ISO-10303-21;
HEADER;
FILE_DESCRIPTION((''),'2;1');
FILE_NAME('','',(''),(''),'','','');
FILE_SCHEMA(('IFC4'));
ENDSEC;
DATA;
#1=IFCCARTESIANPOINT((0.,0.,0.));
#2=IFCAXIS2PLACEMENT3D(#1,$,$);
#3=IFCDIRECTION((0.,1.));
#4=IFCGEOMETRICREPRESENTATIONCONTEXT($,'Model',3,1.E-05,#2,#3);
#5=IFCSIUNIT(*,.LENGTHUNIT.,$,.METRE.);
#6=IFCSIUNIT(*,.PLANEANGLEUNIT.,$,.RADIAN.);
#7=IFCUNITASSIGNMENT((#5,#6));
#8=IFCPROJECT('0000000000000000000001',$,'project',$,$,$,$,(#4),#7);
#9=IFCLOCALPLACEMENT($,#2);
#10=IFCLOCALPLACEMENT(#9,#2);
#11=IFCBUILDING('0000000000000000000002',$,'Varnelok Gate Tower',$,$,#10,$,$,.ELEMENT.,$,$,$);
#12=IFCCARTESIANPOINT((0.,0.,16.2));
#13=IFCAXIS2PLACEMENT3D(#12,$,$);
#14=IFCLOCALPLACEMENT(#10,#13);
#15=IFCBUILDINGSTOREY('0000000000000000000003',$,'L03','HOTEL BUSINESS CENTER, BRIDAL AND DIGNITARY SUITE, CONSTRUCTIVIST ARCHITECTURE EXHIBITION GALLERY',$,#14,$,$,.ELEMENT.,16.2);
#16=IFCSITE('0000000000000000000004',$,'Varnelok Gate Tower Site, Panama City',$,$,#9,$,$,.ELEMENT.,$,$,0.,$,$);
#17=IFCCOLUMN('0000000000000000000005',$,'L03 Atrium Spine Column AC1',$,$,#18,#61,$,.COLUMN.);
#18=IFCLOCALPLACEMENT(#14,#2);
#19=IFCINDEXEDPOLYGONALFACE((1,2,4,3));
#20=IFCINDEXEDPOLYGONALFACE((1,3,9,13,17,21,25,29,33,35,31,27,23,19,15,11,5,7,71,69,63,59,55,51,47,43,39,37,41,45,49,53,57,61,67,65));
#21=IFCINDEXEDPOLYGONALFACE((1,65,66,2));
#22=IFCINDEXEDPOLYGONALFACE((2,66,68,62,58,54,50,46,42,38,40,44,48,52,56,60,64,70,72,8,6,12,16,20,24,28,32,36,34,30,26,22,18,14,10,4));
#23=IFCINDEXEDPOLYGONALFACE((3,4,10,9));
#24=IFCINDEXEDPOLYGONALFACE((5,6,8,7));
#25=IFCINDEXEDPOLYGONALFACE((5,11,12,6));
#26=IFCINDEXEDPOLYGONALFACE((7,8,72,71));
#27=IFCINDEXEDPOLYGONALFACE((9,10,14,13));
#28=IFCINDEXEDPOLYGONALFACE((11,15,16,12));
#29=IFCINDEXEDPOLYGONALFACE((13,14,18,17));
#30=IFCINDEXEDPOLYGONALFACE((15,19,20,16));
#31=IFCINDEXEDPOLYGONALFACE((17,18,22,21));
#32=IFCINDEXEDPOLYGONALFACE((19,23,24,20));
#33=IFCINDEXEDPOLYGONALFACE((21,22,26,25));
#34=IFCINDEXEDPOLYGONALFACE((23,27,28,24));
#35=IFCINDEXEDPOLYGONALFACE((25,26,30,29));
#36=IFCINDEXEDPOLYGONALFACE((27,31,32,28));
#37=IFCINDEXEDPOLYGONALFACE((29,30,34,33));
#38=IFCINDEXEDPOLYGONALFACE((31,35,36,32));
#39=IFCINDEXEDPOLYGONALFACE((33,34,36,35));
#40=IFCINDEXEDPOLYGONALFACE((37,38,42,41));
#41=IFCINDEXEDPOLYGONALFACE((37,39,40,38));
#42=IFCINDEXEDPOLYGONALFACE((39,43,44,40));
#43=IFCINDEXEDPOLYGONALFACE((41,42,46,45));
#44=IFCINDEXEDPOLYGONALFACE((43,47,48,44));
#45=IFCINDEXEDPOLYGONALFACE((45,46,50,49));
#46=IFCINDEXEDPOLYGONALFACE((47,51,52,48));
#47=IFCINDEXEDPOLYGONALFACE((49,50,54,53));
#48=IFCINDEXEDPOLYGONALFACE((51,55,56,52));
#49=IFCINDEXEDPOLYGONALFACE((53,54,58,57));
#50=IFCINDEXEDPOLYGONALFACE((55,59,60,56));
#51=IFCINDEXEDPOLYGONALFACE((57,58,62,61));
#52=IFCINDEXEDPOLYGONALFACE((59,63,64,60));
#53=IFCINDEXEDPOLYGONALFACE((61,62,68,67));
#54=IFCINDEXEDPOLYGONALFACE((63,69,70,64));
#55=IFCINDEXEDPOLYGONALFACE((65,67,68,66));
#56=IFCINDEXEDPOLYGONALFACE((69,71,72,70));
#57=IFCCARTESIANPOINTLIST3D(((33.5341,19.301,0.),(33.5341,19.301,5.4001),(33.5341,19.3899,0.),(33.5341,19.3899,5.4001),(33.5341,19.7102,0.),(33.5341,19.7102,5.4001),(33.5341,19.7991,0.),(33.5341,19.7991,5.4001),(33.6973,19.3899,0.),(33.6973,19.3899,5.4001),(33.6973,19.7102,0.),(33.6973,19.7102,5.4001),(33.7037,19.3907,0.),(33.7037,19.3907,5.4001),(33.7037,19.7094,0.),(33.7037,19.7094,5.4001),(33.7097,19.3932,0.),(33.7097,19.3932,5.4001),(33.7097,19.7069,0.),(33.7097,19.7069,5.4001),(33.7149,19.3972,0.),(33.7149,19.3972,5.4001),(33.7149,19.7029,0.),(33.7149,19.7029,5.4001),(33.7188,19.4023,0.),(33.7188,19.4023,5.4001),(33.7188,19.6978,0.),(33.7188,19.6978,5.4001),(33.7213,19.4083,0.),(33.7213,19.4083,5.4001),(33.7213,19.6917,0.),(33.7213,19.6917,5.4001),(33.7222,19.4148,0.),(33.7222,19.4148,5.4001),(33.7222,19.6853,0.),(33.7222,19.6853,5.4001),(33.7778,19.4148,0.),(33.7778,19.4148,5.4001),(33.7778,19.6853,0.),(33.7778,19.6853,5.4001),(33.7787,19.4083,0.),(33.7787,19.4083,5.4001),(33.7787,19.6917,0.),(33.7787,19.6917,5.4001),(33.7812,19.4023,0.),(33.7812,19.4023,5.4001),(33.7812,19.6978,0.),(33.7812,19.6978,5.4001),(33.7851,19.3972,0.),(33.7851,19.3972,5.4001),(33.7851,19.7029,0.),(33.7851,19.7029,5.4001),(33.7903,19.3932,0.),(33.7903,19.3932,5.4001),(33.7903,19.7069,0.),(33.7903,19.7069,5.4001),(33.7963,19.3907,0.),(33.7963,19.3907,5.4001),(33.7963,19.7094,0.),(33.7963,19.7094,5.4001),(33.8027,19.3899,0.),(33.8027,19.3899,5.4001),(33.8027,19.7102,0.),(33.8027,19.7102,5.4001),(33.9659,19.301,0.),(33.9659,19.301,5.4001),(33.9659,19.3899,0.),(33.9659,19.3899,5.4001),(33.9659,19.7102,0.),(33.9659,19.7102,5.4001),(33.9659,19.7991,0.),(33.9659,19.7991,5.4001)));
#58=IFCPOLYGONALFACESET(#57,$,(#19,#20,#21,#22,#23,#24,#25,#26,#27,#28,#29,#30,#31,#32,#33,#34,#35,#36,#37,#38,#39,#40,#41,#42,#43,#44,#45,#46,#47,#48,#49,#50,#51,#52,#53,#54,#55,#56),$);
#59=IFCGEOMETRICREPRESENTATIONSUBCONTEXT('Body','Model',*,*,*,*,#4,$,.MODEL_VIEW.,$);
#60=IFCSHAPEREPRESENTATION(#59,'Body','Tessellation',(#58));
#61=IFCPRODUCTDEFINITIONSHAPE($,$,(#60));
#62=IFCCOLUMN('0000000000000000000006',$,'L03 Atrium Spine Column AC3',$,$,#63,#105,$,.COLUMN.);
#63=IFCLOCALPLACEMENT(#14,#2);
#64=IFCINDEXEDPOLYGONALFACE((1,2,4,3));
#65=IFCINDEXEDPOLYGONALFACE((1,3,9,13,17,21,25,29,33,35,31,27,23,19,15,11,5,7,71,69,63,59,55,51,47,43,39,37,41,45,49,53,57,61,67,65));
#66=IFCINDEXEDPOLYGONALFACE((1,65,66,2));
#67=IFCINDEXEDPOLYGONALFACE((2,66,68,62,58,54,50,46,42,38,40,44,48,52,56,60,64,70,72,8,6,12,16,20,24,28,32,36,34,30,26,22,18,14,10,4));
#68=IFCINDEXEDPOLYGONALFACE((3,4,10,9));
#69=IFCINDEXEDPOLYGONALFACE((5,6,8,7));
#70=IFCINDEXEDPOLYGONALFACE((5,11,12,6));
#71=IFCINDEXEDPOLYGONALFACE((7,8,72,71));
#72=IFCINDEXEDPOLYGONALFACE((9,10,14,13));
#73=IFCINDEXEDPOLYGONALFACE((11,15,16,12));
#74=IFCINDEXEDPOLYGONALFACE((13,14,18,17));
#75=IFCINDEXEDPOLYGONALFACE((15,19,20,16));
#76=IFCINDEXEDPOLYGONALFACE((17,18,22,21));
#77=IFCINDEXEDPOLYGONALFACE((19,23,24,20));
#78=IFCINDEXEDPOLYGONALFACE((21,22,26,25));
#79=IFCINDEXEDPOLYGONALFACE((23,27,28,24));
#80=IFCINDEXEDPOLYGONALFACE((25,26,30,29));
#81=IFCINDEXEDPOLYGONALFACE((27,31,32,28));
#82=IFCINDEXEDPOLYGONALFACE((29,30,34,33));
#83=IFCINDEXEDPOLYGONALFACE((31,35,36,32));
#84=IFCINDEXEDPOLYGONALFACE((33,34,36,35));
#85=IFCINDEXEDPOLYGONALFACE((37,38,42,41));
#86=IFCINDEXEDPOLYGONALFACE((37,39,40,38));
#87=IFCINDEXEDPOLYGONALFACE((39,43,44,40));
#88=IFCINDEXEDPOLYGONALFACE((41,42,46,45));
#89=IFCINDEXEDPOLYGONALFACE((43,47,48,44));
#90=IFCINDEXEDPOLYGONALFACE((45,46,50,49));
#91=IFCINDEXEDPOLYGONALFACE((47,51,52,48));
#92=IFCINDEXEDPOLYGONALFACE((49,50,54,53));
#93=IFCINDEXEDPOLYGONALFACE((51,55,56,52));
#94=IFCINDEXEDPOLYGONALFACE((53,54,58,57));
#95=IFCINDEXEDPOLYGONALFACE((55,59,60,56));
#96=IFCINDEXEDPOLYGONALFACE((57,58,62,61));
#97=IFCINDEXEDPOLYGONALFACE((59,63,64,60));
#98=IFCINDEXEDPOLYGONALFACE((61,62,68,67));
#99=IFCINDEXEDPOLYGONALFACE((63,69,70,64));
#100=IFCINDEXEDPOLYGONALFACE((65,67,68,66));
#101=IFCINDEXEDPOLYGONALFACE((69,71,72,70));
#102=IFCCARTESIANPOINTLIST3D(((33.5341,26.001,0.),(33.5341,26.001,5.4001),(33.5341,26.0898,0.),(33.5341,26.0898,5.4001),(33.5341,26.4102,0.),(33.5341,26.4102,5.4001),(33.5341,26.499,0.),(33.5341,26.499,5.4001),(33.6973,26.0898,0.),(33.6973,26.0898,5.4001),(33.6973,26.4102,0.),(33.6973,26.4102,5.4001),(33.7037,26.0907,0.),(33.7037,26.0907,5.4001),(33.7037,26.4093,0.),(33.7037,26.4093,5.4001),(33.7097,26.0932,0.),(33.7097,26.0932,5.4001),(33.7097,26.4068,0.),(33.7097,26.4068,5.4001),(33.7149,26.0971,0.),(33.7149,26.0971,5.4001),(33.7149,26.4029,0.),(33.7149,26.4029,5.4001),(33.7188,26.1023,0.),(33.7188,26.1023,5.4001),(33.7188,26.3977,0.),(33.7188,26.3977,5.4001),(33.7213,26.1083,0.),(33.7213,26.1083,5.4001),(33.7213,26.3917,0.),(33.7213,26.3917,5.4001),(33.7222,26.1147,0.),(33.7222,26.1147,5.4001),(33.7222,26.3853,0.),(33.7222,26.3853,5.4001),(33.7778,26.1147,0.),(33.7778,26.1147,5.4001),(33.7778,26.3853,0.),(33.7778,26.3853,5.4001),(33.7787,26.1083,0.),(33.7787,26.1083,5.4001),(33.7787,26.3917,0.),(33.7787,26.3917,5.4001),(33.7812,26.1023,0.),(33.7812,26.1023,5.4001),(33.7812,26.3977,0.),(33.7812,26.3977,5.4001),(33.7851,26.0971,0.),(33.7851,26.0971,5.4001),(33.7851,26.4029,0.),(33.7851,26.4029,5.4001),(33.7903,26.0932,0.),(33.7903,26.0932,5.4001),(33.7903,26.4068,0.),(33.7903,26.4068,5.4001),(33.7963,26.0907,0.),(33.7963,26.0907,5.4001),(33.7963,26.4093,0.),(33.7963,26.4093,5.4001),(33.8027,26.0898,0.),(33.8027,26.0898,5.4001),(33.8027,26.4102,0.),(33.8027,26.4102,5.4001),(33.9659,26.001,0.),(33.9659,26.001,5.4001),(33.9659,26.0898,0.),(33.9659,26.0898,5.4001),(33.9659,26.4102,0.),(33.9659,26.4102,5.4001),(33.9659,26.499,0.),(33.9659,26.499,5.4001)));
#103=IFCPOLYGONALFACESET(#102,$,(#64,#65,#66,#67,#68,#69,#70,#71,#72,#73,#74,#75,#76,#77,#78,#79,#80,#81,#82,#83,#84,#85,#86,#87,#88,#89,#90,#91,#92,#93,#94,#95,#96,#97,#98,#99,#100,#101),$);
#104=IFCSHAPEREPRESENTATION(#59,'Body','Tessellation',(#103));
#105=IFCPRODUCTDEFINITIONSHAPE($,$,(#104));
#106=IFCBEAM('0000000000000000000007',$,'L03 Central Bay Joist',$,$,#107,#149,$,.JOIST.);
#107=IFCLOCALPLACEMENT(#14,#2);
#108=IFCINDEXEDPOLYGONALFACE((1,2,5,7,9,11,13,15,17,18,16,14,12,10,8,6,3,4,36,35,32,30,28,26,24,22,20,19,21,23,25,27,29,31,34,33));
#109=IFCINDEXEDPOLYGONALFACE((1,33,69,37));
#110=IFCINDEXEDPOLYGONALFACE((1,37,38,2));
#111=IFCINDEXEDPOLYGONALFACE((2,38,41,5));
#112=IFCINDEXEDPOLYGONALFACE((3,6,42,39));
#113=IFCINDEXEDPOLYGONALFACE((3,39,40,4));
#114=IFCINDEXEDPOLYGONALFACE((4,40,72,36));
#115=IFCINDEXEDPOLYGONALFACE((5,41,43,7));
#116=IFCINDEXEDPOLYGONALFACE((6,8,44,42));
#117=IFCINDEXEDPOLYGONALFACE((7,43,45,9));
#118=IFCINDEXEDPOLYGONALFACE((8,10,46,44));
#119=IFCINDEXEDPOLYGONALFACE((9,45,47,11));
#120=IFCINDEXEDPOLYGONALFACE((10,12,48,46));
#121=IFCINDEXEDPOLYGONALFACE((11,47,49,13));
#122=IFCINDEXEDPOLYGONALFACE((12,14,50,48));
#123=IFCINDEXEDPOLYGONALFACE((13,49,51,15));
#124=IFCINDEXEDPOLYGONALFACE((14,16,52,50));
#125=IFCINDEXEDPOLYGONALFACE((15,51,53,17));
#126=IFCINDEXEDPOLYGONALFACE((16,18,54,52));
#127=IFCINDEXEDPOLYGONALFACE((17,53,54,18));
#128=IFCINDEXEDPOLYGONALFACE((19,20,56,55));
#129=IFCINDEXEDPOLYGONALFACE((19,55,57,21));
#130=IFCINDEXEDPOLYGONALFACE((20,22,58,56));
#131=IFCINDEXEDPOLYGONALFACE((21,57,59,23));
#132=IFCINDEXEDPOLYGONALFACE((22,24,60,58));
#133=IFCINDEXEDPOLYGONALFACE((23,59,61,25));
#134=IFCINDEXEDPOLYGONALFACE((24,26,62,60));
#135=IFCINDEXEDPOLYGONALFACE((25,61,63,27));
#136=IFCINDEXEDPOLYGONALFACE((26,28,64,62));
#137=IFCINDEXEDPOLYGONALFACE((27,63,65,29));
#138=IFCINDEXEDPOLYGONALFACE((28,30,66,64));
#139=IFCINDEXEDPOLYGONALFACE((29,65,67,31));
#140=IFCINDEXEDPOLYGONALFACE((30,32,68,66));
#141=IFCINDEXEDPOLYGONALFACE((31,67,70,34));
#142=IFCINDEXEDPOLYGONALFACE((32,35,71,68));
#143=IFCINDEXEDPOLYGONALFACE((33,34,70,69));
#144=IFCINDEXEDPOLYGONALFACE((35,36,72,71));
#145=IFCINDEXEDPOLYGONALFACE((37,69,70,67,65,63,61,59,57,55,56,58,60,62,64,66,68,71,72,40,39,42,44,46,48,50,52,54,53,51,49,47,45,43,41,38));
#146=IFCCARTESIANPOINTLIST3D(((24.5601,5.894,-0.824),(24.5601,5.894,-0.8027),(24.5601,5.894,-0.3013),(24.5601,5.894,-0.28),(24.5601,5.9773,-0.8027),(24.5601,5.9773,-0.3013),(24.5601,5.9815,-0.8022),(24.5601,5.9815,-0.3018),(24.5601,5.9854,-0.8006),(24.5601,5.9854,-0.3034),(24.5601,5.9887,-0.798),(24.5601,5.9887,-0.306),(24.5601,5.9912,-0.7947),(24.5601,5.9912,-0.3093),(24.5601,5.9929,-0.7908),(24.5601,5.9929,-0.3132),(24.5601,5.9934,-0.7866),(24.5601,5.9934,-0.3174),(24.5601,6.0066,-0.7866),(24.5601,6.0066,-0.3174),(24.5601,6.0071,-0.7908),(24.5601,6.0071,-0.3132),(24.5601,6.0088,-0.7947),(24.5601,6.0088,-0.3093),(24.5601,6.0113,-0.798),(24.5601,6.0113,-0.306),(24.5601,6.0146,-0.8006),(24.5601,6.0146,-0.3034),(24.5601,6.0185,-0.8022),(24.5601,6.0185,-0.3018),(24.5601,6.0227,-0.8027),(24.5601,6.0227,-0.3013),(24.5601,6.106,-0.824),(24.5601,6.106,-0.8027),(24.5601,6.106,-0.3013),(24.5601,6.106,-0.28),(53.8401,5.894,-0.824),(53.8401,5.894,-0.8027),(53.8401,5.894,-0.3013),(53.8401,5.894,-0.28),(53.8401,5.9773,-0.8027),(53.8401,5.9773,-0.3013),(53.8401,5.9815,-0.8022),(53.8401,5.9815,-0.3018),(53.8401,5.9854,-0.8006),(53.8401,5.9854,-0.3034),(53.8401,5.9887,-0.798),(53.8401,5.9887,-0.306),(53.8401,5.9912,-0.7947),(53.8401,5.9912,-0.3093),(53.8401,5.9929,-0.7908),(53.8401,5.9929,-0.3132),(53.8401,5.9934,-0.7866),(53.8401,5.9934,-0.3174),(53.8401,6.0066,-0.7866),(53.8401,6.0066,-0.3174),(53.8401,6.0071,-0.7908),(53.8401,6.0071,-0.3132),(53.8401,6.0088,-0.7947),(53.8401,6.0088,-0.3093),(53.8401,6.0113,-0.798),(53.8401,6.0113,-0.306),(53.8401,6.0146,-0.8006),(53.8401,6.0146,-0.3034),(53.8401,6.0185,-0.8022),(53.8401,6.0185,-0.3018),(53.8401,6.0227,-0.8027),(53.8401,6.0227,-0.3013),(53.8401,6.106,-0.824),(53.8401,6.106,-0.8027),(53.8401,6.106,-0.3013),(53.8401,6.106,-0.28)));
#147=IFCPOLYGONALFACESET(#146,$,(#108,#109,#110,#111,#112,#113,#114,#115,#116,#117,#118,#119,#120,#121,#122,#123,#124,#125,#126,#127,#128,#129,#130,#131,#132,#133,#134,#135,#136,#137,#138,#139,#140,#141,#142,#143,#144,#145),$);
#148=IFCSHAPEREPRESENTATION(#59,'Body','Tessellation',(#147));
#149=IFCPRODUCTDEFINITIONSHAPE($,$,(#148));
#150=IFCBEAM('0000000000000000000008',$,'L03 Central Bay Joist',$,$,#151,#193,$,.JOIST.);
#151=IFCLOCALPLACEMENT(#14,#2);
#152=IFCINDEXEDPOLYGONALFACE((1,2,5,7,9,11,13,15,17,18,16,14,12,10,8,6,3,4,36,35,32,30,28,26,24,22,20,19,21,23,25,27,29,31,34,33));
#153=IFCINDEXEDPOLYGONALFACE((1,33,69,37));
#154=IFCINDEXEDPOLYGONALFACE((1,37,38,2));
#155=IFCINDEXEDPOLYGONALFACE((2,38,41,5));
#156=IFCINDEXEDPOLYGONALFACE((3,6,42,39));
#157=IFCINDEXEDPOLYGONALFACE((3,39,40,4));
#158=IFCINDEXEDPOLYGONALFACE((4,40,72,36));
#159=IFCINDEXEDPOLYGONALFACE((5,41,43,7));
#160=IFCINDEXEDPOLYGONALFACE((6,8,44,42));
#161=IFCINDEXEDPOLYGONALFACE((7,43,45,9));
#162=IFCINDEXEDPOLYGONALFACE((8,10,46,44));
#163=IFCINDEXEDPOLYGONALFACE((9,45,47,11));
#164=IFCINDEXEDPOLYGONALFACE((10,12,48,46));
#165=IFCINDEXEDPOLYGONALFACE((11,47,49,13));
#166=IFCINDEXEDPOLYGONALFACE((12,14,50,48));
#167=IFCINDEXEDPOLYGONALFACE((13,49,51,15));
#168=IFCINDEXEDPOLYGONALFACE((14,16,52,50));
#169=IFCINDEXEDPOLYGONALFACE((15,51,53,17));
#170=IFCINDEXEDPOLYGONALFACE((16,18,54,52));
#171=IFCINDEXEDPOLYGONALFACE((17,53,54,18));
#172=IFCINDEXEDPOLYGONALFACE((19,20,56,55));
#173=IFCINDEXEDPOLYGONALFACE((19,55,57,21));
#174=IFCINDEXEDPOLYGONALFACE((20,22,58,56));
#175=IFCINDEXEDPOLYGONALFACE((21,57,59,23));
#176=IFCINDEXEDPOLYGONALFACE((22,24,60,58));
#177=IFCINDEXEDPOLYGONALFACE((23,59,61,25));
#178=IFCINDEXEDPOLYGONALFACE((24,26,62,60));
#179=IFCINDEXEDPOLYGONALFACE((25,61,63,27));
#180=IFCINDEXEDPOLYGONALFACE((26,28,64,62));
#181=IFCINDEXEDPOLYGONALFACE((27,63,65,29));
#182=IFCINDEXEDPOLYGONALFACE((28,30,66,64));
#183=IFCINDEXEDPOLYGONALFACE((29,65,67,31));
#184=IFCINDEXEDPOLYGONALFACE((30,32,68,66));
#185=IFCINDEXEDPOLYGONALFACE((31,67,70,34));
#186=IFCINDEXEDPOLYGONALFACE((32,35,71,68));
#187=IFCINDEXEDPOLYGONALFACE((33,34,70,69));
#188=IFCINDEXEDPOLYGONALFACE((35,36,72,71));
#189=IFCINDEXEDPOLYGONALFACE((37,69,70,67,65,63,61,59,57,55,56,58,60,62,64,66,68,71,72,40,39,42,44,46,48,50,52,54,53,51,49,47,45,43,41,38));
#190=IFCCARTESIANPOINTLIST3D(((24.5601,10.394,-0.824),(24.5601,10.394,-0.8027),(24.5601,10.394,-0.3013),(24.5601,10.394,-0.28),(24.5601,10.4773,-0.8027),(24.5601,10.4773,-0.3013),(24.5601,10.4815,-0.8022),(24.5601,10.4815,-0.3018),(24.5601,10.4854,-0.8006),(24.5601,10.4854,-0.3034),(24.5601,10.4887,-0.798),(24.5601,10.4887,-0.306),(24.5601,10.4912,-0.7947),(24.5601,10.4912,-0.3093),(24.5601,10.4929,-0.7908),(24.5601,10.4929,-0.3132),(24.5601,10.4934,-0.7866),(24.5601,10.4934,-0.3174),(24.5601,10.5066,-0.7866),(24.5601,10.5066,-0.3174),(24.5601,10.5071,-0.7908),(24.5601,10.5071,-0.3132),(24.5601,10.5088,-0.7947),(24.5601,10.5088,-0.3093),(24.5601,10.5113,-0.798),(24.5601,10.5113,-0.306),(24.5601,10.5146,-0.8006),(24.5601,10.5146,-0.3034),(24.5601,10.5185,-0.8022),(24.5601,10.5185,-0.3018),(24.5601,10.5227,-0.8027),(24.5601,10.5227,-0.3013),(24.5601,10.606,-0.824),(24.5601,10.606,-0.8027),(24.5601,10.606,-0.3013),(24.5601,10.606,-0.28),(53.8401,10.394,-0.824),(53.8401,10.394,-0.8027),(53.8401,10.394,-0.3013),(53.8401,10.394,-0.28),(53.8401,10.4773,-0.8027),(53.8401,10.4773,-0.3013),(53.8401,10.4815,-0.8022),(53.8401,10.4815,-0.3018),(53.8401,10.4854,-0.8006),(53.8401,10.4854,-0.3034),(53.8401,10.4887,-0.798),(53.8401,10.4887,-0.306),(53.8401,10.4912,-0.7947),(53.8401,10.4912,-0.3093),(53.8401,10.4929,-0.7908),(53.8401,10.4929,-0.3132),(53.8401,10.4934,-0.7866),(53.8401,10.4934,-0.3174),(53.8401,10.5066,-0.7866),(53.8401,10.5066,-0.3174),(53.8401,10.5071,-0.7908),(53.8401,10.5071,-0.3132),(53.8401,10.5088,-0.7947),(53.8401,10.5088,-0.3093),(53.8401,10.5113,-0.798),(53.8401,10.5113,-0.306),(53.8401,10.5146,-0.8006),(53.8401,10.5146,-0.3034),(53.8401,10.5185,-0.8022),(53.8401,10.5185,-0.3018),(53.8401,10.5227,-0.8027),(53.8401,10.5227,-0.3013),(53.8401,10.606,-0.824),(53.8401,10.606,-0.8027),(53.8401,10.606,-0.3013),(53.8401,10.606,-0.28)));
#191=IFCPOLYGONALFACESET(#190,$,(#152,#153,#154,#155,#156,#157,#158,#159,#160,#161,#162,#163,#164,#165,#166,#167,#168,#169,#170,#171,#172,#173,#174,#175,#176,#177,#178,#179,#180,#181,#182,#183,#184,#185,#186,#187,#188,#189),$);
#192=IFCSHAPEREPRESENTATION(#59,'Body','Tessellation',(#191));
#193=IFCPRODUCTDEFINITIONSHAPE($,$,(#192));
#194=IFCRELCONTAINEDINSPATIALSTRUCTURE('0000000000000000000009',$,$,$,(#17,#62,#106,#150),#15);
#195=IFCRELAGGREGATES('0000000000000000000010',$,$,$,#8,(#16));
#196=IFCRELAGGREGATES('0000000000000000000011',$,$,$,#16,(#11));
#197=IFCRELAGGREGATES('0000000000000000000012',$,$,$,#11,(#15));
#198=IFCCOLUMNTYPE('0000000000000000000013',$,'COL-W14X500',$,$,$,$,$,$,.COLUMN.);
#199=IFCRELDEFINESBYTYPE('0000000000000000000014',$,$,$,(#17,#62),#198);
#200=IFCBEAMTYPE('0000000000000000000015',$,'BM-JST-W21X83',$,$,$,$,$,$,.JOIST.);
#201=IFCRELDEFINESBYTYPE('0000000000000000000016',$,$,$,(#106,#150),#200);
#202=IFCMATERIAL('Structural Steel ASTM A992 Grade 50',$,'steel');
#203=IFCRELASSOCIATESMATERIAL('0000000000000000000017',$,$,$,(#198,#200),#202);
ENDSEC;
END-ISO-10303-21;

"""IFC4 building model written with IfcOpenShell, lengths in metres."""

from ifc_helpers import new_model, si_unit, direction, frame, origin, origin_2d, place, context, subcontext, project, spatial, i_section, extrude, material, material_profile, profile_set, type_object, element, save


model = new_model("IFC4")

# Units and contexts
model_context = context("Model", 3, precision=1e-05, world=origin(), true_north=direction((0.0, 1.0)))
body_context = subcontext(model_context, "Body", "Model", "MODEL_VIEW")
ifc_project = project(units=[si_unit("LENGTHUNIT", "METRE"), si_unit("PLANEANGLEUNIT", "RADIAN")], contexts=[model_context])

# Site, building, storey
site_placement = place(None, origin())
site = spatial("IfcSite", under=ifc_project, at=site_placement, Name="Varnelok Gate Tower Site, Panama City", CompositionType="ELEMENT", RefElevation=0.0)
building_placement = place(site_placement, origin())
building = spatial("IfcBuilding", under=site, at=building_placement, Name="Varnelok Gate Tower", CompositionType="ELEMENT")
storey_placement = place(building_placement, frame((0.0, 0.0, 16.2)))
storey = spatial("IfcBuildingStorey", under=building, at=storey_placement, Name="L03", Description="HOTEL BUSINESS CENTER, BRIDAL AND DIGNITARY SUITE, CONSTRUCTIVIST ARCHITECTURE EXHIBITION GALLERY", CompositionType="ELEMENT", Elevation=16.2)

# Columns
ifc_material_1 = material(Name="Structural Steel ASTM A992 Grade 50", Category="steel")
ifc_material_profile_1 = material_profile(ifc_material_1, i_section(OverallWidth=0.4319, OverallDepth=0.498, WebThickness=0.0557, FlangeThickness=0.0889, FilletRadius=0.0249, at=origin_2d()), Name="W14X500")
ifc_profile_set_1 = profile_set([ifc_material_profile_1], Name="Structural Steel ASTM A992 Grade 50")
column_type = type_object("IfcColumnType", Name="COL-W14X500", PredefinedType="COLUMN", material=ifc_profile_set_1)
for number, where, z_axis, x_axis, name in (
    (1, (33.75, 19.55, 0.0), (0.0, 0.0, 1.0), (1.0, 0.0, 0.0), "L03 Atrium Spine Column AC1"),
    (2, (33.75, 26.25, 0.0), (0.0, 0.0, 1.0), (1.0, 0.0, 0.0), "L03 Atrium Spine Column AC3"),
):
    element("IfcColumn", number, at=place(storey_placement, frame(where, z_axis=z_axis, x_axis=x_axis)), inside=storey, type_object=column_type, Name=name, PredefinedType="COLUMN", context=body_context, shape_type="SweptSolid", body=[
        extrude(i_section(OverallWidth=0.4319, OverallDepth=0.498, WebThickness=0.0557, FlangeThickness=0.0889, FilletRadius=0.0249, at=origin_2d()), origin(), (0.0, 0.0, 1.0), 5.4001),
    ])

# Beams
ifc_material_profile_2 = material_profile(ifc_material_1, i_section(OverallWidth=0.2119, OverallDepth=0.5439, WebThickness=0.0132, FlangeThickness=0.0212, FilletRadius=0.0161, at=origin_2d()), Name="W21X83")
ifc_profile_set_2 = profile_set([ifc_material_profile_2], Name="Structural Steel ASTM A992 Grade 50")
beam_type_1 = type_object("IfcBeamType", Name="BM-JST-W21X83", PredefinedType="JOIST", material=ifc_profile_set_2)
for number, where, z_axis, x_axis, name in (
    (3, (24.5601, 6.0, -0.552), (1.0, 0.0, 0.0), (0.0, 1.0, 0.0), "L03 Central Bay Joist"),
    (4, (24.5601, 10.5, -0.552), (1.0, 0.0, 0.0), (0.0, 1.0, 0.0), "L03 Central Bay Joist"),
):
    element("IfcBeam", number, at=place(storey_placement, frame(where, z_axis=z_axis, x_axis=x_axis)), inside=storey, type_object=beam_type_1, Name=name, PredefinedType="JOIST", context=body_context, shape_type="SweptSolid", body=[
        extrude(i_section(OverallWidth=0.2119, OverallDepth=0.5439, WebThickness=0.0132, FlangeThickness=0.0212, FilletRadius=0.0161, at=origin_2d()), origin(), (0.0, 0.0, 1.0), 29.28),
    ])

save(model, "model.ifc")
